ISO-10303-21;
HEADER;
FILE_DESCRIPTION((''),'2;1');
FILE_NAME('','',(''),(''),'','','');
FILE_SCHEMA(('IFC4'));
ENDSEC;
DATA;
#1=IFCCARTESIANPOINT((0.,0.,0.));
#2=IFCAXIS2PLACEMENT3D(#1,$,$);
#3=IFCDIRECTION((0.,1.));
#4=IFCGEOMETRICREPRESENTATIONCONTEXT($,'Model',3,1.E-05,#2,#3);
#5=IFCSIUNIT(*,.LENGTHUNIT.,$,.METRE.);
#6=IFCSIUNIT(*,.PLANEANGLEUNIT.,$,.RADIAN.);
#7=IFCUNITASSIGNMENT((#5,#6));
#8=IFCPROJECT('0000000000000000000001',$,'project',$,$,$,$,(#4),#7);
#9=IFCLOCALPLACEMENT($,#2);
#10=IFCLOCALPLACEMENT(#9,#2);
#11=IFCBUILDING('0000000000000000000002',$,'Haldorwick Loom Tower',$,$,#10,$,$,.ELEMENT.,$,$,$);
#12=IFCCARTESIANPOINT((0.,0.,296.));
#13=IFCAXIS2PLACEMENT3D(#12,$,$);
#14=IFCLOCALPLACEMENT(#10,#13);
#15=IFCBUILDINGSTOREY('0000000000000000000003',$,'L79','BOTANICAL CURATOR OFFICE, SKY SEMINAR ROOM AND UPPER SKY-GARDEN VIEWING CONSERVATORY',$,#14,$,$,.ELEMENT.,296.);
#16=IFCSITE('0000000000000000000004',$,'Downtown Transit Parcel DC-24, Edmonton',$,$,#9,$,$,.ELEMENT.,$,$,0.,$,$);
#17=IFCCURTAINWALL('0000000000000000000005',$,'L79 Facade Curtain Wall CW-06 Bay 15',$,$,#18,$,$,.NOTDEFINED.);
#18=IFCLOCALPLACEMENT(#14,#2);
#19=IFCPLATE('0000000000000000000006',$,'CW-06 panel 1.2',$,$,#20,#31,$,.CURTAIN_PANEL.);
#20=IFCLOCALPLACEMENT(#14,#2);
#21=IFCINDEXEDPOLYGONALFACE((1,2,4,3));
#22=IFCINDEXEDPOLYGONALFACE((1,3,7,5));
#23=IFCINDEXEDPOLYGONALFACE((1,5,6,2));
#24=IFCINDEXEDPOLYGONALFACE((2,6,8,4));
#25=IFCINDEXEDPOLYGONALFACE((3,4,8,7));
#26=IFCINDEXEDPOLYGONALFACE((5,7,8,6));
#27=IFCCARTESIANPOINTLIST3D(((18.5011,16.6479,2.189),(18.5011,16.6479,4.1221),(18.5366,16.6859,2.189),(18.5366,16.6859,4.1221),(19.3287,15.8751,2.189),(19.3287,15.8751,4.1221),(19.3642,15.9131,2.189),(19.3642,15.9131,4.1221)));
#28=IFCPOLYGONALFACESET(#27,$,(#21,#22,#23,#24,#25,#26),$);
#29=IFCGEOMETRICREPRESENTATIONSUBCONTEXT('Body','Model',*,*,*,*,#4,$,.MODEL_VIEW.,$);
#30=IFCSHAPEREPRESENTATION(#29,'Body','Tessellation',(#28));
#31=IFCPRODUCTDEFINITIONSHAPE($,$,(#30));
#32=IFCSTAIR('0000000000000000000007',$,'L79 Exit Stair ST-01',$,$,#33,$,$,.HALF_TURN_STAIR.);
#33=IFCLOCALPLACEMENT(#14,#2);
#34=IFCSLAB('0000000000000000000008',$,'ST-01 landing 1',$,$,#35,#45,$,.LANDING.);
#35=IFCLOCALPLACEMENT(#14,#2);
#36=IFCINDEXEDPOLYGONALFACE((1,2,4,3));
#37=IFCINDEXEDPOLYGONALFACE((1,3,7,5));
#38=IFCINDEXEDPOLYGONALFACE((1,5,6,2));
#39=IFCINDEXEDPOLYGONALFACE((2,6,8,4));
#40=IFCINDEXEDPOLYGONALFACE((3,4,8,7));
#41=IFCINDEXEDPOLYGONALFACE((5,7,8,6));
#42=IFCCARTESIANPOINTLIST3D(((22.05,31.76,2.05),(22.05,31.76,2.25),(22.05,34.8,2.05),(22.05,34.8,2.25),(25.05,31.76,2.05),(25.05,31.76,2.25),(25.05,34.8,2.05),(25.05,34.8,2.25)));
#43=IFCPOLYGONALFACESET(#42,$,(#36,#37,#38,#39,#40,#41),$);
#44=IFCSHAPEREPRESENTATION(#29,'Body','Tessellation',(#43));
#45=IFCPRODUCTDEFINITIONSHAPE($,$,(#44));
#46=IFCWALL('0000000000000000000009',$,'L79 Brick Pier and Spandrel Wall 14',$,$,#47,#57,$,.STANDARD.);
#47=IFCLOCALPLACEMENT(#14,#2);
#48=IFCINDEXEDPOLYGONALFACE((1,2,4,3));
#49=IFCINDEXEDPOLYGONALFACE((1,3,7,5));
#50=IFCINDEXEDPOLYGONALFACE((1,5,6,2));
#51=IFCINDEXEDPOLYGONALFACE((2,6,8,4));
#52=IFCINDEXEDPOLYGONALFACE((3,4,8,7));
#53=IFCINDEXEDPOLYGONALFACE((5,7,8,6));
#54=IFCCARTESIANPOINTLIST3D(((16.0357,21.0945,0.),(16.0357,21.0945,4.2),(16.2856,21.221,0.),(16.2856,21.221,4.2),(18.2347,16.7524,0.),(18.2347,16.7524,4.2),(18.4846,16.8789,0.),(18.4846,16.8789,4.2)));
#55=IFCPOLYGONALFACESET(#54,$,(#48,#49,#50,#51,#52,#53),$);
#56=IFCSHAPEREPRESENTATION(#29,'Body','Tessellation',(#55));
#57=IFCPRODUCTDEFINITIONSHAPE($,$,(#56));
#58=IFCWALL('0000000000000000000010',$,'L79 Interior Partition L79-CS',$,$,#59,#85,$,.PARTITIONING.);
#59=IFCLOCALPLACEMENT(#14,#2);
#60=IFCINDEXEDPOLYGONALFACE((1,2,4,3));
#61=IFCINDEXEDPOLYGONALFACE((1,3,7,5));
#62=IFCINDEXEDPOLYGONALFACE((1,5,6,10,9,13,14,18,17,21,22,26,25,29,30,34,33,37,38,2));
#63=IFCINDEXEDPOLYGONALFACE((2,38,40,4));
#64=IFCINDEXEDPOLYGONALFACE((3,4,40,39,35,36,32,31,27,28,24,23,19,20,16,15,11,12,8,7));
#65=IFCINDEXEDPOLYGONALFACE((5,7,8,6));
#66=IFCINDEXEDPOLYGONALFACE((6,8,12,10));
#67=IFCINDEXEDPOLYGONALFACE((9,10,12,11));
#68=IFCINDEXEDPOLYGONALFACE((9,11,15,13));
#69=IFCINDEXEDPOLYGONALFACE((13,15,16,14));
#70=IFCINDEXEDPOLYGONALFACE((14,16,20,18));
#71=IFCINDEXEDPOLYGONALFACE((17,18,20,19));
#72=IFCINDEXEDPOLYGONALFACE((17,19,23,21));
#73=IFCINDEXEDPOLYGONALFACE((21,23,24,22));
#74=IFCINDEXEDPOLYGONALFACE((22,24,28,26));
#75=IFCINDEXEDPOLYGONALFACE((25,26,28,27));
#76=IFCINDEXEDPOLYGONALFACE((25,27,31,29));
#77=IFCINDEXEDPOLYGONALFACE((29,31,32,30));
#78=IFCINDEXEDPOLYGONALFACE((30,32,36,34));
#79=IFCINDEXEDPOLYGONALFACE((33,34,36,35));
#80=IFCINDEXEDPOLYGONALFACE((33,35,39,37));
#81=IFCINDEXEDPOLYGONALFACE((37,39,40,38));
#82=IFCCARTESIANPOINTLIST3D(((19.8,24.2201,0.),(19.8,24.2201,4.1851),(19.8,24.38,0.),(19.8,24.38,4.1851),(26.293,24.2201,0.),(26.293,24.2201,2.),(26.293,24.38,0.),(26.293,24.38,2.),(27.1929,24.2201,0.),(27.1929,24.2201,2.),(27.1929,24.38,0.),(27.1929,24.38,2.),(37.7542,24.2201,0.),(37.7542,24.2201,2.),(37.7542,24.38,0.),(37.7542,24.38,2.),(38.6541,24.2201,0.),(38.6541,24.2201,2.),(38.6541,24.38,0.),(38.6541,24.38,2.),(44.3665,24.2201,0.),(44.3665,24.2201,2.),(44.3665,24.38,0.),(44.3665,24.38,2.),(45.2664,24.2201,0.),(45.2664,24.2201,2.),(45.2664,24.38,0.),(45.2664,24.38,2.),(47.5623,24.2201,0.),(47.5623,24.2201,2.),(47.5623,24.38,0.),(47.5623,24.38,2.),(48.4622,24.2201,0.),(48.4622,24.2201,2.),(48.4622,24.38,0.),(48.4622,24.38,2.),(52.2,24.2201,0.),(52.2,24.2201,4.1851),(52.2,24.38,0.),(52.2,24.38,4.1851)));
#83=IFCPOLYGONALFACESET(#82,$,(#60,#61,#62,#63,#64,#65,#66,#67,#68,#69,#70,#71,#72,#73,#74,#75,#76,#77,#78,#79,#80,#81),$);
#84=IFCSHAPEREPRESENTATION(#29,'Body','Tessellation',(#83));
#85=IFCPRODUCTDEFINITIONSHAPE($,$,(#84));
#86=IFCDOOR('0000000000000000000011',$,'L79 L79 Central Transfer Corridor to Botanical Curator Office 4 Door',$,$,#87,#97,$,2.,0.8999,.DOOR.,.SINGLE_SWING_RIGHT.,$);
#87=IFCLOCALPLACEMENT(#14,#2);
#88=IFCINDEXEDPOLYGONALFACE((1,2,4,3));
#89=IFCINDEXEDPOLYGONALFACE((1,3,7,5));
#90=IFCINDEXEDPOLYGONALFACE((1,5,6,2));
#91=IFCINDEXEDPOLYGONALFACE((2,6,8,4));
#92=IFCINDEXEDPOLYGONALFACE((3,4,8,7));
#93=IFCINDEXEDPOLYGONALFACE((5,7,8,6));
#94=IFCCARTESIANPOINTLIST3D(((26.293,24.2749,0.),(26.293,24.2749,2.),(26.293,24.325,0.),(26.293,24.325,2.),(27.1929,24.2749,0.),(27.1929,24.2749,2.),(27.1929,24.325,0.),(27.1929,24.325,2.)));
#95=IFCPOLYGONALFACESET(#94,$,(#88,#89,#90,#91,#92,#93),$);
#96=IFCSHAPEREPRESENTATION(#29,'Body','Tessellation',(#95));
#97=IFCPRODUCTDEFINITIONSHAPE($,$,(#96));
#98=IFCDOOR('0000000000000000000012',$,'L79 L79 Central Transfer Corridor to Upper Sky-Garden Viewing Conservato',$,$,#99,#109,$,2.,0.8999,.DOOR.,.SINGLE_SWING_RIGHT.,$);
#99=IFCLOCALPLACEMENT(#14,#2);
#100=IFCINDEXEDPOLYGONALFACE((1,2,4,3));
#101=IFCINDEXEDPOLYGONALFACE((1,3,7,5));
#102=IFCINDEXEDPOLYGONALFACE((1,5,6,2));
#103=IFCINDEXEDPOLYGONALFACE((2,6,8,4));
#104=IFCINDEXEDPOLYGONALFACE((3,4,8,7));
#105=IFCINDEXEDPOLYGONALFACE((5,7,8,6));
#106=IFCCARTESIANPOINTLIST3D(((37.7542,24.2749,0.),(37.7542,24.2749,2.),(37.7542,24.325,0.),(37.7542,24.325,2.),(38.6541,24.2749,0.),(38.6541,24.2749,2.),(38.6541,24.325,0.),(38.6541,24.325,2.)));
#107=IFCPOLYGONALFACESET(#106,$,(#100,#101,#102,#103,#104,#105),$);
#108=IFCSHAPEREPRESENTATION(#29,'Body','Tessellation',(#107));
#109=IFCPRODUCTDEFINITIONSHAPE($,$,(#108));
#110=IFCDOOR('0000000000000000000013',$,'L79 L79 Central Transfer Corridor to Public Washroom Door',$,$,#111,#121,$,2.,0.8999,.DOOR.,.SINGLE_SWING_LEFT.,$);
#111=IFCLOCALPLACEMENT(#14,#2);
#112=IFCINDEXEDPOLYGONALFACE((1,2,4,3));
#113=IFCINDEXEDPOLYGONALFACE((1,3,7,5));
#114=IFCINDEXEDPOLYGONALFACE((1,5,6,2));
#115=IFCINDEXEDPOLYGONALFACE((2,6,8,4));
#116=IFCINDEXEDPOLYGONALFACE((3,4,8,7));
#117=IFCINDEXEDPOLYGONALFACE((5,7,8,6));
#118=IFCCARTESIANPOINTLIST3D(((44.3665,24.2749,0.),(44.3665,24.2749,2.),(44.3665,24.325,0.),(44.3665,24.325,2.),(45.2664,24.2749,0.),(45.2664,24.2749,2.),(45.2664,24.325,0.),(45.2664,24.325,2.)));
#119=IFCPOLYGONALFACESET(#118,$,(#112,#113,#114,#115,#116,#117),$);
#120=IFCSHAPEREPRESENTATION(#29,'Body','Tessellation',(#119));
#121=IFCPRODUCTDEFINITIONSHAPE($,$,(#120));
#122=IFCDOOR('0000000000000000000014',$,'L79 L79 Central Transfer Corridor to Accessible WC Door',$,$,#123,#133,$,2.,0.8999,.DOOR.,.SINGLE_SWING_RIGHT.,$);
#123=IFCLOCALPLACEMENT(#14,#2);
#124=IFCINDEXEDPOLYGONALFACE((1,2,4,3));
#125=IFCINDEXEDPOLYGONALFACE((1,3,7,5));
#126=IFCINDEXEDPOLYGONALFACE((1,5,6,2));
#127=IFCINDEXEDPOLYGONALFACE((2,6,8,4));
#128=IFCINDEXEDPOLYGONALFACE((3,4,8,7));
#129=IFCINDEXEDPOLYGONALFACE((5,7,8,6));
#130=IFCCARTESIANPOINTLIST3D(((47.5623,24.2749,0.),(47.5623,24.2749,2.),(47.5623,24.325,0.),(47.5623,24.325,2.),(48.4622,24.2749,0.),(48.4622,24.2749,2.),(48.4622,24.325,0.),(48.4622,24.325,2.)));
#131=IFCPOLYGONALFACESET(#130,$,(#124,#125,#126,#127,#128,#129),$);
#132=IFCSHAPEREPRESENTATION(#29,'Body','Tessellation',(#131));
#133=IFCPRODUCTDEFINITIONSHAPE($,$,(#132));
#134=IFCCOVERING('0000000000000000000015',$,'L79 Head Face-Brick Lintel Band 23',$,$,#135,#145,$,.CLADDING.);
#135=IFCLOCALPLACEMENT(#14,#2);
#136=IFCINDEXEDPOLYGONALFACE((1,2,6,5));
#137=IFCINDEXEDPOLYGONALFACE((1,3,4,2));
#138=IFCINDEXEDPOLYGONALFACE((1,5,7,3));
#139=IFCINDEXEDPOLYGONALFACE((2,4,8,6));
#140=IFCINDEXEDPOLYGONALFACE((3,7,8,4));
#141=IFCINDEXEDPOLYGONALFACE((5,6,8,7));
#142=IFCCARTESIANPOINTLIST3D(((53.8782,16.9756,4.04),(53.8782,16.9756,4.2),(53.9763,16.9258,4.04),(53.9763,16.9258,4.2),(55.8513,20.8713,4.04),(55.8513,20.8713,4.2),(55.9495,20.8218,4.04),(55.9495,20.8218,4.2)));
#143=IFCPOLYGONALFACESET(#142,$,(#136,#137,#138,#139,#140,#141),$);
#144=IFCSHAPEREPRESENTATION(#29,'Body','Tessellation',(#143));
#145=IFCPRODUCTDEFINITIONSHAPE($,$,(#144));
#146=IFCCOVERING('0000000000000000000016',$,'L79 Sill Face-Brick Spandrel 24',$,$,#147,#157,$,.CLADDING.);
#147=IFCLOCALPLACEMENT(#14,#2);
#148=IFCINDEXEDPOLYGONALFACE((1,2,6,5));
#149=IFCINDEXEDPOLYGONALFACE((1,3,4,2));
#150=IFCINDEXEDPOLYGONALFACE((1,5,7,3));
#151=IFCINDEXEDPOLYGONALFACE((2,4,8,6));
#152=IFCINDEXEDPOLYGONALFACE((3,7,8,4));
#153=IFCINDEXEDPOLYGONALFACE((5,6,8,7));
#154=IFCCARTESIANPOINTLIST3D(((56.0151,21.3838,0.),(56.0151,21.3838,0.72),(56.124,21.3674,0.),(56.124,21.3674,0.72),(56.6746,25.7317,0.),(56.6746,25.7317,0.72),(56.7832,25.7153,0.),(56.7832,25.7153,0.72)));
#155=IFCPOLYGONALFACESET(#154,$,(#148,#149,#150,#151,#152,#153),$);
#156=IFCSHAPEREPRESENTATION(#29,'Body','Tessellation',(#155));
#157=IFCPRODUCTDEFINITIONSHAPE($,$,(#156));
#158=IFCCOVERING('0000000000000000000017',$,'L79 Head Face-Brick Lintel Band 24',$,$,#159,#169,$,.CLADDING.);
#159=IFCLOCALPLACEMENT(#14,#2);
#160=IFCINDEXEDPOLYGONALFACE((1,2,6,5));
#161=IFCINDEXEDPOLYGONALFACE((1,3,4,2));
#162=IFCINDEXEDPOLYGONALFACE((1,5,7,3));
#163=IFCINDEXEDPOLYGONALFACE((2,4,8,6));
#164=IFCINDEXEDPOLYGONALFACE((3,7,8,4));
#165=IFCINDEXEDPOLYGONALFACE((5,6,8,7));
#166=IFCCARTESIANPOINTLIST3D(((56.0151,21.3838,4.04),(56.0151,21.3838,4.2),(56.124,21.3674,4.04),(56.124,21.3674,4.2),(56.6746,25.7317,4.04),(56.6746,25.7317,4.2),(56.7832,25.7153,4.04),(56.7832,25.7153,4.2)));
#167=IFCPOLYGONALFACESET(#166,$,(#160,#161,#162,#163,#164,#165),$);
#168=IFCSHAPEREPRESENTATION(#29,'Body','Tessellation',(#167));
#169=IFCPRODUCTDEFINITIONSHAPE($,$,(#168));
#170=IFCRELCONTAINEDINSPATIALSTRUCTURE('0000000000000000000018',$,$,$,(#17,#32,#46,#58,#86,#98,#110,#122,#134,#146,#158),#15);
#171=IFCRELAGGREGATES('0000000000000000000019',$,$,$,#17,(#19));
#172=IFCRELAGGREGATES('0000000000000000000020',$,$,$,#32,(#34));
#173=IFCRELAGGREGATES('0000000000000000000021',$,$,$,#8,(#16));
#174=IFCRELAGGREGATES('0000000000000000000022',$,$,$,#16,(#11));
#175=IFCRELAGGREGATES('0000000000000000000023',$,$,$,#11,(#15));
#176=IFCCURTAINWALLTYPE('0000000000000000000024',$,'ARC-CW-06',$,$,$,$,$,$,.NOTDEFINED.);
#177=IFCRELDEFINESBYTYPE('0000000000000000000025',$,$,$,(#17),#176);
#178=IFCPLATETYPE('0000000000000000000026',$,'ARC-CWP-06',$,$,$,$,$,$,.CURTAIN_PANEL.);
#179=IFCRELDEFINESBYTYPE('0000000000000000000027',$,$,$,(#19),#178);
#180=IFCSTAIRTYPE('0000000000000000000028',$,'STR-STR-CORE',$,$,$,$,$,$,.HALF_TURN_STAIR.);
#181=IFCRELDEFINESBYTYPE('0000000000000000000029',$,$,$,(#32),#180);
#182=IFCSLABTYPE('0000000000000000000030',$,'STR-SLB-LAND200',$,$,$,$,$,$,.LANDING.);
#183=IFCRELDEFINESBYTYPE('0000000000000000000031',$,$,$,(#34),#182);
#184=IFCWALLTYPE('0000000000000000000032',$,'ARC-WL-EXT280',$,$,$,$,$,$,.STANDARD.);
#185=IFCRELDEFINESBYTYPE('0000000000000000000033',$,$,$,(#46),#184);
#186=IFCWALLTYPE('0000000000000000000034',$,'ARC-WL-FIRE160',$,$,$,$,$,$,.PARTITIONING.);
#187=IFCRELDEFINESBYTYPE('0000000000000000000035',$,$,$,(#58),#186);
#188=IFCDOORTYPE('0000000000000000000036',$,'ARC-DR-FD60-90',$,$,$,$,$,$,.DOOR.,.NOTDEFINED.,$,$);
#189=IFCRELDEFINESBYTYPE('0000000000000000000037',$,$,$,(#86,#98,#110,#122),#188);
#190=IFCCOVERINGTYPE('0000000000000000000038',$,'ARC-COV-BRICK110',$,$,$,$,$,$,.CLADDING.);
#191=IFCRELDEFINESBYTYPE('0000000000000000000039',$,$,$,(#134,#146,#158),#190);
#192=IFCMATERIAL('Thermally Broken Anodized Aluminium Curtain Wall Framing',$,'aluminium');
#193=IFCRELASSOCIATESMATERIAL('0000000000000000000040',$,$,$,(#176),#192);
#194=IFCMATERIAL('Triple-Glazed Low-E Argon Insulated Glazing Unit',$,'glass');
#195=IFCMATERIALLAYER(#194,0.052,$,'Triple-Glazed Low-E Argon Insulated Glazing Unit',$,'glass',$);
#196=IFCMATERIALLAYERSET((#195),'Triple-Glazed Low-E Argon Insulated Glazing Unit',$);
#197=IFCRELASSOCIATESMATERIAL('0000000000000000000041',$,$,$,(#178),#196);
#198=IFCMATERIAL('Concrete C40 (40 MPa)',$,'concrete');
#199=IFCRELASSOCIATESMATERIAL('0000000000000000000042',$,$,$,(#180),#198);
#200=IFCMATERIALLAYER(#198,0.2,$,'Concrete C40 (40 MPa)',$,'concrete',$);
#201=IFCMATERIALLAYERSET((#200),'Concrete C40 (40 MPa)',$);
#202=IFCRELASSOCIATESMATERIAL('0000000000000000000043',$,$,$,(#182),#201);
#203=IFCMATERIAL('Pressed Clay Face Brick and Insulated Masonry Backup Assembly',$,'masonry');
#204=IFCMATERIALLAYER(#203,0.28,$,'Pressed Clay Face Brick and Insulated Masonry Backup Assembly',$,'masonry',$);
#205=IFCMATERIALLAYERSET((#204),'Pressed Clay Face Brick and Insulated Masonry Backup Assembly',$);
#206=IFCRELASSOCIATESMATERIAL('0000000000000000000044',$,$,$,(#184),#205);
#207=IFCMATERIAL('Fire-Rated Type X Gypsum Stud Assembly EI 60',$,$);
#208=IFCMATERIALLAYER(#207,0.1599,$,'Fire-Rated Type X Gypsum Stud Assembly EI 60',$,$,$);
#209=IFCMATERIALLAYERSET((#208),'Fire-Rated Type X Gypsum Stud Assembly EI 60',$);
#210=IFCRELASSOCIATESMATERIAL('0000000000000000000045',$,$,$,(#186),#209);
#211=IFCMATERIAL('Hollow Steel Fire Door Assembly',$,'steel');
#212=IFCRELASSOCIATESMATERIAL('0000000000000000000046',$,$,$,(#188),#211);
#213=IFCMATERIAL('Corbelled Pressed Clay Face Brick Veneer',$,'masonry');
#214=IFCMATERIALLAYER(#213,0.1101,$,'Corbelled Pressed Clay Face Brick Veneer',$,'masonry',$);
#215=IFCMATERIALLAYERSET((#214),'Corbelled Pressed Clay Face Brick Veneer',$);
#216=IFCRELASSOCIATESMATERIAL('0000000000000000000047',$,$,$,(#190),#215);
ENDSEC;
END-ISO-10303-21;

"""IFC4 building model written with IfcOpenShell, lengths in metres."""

from ifc_helpers import new_model, si_unit, direction, frame, frame_2d, origin, origin_2d, place, context, subcontext, project, spatial, polyline, rectangle, outline, extrude, material, layer, layer_set, type_object, element, fill, aggregate, save


model = new_model("IFC4")

# Units and contexts
model_context = context("Model", 3, precision=1e-05, world=origin(), true_north=direction((0.0, 1.0)))
body_context = subcontext(model_context, "Body", "Model", "MODEL_VIEW")
ifc_project = project(units=[si_unit("LENGTHUNIT", "METRE"), si_unit("PLANEANGLEUNIT", "RADIAN")], contexts=[model_context])

# Site, building, storey
site_placement = place(None, origin())
site = spatial("IfcSite", under=ifc_project, at=site_placement, Name="Downtown Transit Parcel DC-24, Edmonton", CompositionType="ELEMENT", RefElevation=0.0)
building_placement = place(site_placement, origin())
building = spatial("IfcBuilding", under=site, at=building_placement, Name="Haldorwick Loom Tower", CompositionType="ELEMENT")
storey_placement = place(building_placement, frame((0.0, 0.0, 296.0)))
storey = spatial("IfcBuildingStorey", under=building, at=storey_placement, Name="L79", Description="BOTANICAL CURATOR OFFICE, SKY SEMINAR ROOM AND UPPER SKY-GARDEN VIEWING CONSERVATORY", CompositionType="ELEMENT", Elevation=296.0)

# Curtain wall
ifc_material_1 = material(Name="Thermally Broken Anodized Aluminium Curtain Wall Framing", Category="aluminium")
curtain_wall_type = type_object("IfcCurtainWallType", Name="ARC-CW-06", PredefinedType="NOTDEFINED", material=ifc_material_1)
curtain_wall_placement = place(storey_placement, origin())
curtain_wall = element("IfcCurtainWall", 1, at=curtain_wall_placement, inside=storey, type_object=curtain_wall_type, Name="L79 Facade Curtain Wall CW-06 Bay 15", PredefinedType="NOTDEFINED")

# Plate
ifc_material_2 = material(Name="Triple-Glazed Low-E Argon Insulated Glazing Unit", Category="glass")
ifc_layer_1 = layer(ifc_material_2, 0.052, Name="Triple-Glazed Low-E Argon Insulated Glazing Unit", Category="glass")
ifc_layer_set_1 = layer_set([ifc_layer_1], Name="Triple-Glazed Low-E Argon Insulated Glazing Unit")
plate_type = type_object("IfcPlateType", Name="ARC-CWP-06", PredefinedType="CURTAIN_PANEL", material=ifc_layer_set_1)
plate_1_placement = place(storey_placement, frame((18.9326, 16.2805, 2.189), z_axis=(0.0, 0.0, 1.0), x_axis=(0.730886, -0.682499, 0.0)))
plate_1 = element("IfcPlate", 2, at=plate_1_placement, type_object=plate_type, Name="CW-06 panel 1.2", PredefinedType="CURTAIN_PANEL", context=body_context, shape_type="SweptSolid", body=[
    extrude(rectangle(XDim=1.1323, YDim=0.052, at=origin_2d()), origin(), (0.0, 0.0, 1.0), 1.9331),
])
aggregate(curtain_wall, [plate_1])

# Stair, slab
ifc_material_3 = material(Name="Concrete C40 (40 MPa)", Category="concrete")
stair_type = type_object("IfcStairType", Name="STR-STR-CORE", PredefinedType="HALF_TURN_STAIR", material=ifc_material_3)
stair_placement = place(storey_placement, origin())
stair = element("IfcStair", 3, at=stair_placement, inside=storey, type_object=stair_type, Name="L79 Exit Stair ST-01", PredefinedType="HALF_TURN_STAIR")
ifc_layer_2 = layer(ifc_material_3, 0.2, Name="Concrete C40 (40 MPa)", Category="concrete")
ifc_layer_set_2 = layer_set([ifc_layer_2], Name="Concrete C40 (40 MPa)")
slab_type = type_object("IfcSlabType", Name="STR-SLB-LAND200", PredefinedType="LANDING", material=ifc_layer_set_2)
slab_placement = place(storey_placement, frame((0.0, 0.0, 2.05)))
slab = element("IfcSlab", 4, at=slab_placement, type_object=slab_type, Name="ST-01 landing 1", PredefinedType="LANDING", context=body_context, shape_type="SweptSolid", body=[
    extrude(outline(polyline([(25.05, 31.76), (25.05, 34.8), (22.05, 34.8), (22.05, 31.76), (25.05, 31.76)])), origin(), (0.0, 0.0, 1.0), 0.2),
])
aggregate(stair, [slab])

# Wall
ifc_material_4 = material(Name="Pressed Clay Face Brick and Insulated Masonry Backup Assembly", Category="masonry")
ifc_layer_3 = layer(ifc_material_4, 0.28, Name="Pressed Clay Face Brick and Insulated Masonry Backup Assembly", Category="masonry")
ifc_layer_set_3 = layer_set([ifc_layer_3], Name="Pressed Clay Face Brick and Insulated Masonry Backup Assembly")
wall_type_1 = type_object("IfcWallType", Name="ARC-WL-EXT280", PredefinedType="STANDARD", material=ifc_layer_set_3)
wall_1_placement = place(storey_placement, frame((16.1606, 21.1577, 0.0), z_axis=(0.0, 0.0, 1.0), x_axis=(0.451802, -0.892118, 0.0)))
element("IfcWall", 5, at=wall_1_placement, inside=storey, type_object=wall_type_1, Name="L79 Brick Pier and Spandrel Wall 14", PredefinedType="STANDARD", context=body_context, shape_type="SweptSolid", body=[
    extrude(rectangle(XDim=4.8672, YDim=0.28, at=frame_2d((2.4336, 0.0))), origin(), (0.0, 0.0, 1.0), 4.2),
])

# Wall, openings, doors
ifc_material_5 = material(Name="Fire-Rated Type X Gypsum Stud Assembly EI 60")
ifc_layer_4 = layer(ifc_material_5, 0.1599, Name="Fire-Rated Type X Gypsum Stud Assembly EI 60")
ifc_layer_set_4 = layer_set([ifc_layer_4], Name="Fire-Rated Type X Gypsum Stud Assembly EI 60")
wall_type_2 = type_object("IfcWallType", Name="ARC-WL-FIRE160", PredefinedType="PARTITIONING", material=ifc_layer_set_4)
wall_2_placement = place(storey_placement, frame((19.8, 24.3, 0.0), z_axis=(0.0, 0.0, 1.0), x_axis=(1.0, 0.0, 0.0)))
wall_2 = element("IfcWall", 6, at=wall_2_placement, inside=storey, type_object=wall_type_2, Name="L79 Interior Partition L79-CS", PredefinedType="PARTITIONING", context=body_context, shape_type="SweptSolid", body=[
    extrude(rectangle(XDim=32.3999, YDim=0.1599, at=frame_2d((16.2, 0.0))), origin(), (0.0, 0.0, 1.0), 4.1851),
])
opening_1_placement = place(wall_2_placement, frame((6.4929, 0.0, 0.0)))
opening_1 = element("IfcOpeningElement", 7, at=opening_1_placement, cuts=wall_2, PredefinedType="OPENING", context=body_context, shape_type="SweptSolid", body=[
    extrude(rectangle(XDim=0.8999, YDim=2.0, at=frame_2d((0.45, 1.0))), frame((0.0, 0.0898, 0.0), z_axis=(0.0, -1.0, 0.0), x_axis=(1.0, 0.0, 0.0)), (0.0, 0.0, 1.0), 0.1799),
])
opening_2_placement = place(wall_2_placement, frame((17.9541, 0.0, 0.0)))
opening_2 = element("IfcOpeningElement", 8, at=opening_2_placement, cuts=wall_2, PredefinedType="OPENING", context=body_context, shape_type="SweptSolid", body=[
    extrude(rectangle(XDim=0.8999, YDim=2.0, at=frame_2d((0.45, 1.0))), frame((0.0, 0.0898, 0.0), z_axis=(0.0, -1.0, 0.0), x_axis=(1.0, 0.0, 0.0)), (0.0, 0.0, 1.0), 0.1799),
])
opening_3_placement = place(wall_2_placement, frame((24.5664, 0.0, 0.0)))
opening_3 = element("IfcOpeningElement", 9, at=opening_3_placement, cuts=wall_2, PredefinedType="OPENING", context=body_context, shape_type="SweptSolid", body=[
    extrude(rectangle(XDim=0.8999, YDim=2.0, at=frame_2d((0.45, 1.0))), frame((0.0, 0.0898, 0.0), z_axis=(0.0, -1.0, 0.0), x_axis=(1.0, 0.0, 0.0)), (0.0, 0.0, 1.0), 0.1799),
])
opening_4_placement = place(wall_2_placement, frame((27.7622, 0.0, 0.0)))
opening_4 = element("IfcOpeningElement", 10, at=opening_4_placement, cuts=wall_2, PredefinedType="OPENING", context=body_context, shape_type="SweptSolid", body=[
    extrude(rectangle(XDim=0.8999, YDim=2.0, at=frame_2d((0.45, 1.0))), frame((0.0, 0.0898, 0.0), z_axis=(0.0, -1.0, 0.0), x_axis=(1.0, 0.0, 0.0)), (0.0, 0.0, 1.0), 0.1799),
])
ifc_material_6 = material(Name="Hollow Steel Fire Door Assembly", Category="steel")
door_type = type_object("IfcDoorType", Name="ARC-DR-FD60-90", OperationType="NOTDEFINED", PredefinedType="DOOR", material=ifc_material_6)
door_1_placement = place(opening_1_placement, origin())
door_1 = element("IfcDoor", 11, at=door_1_placement, inside=storey, type_object=door_type, Name="L79 L79 Central Transfer Corridor to Botanical Curator Office 4 Door", OperationType="SINGLE_SWING_RIGHT", OverallHeight=2.0, OverallWidth=0.8999, PredefinedType="DOOR", context=body_context, shape_type="SweptSolid", body=[
    extrude(rectangle(XDim=0.8999, YDim=2.0, at=frame_2d((0.45, 1.0))), frame((0.0, 0.0249, 0.0), z_axis=(0.0, -1.0, 0.0), x_axis=(1.0, 0.0, 0.0)), (0.0, 0.0, 1.0), 0.05),
])
fill(opening_1, door_1)
door_2_placement = place(opening_2_placement, origin())
door_2 = element("IfcDoor", 12, at=door_2_placement, inside=storey, type_object=door_type, Name="L79 L79 Central Transfer Corridor to Upper Sky-Garden Viewing Conservato", OperationType="SINGLE_SWING_RIGHT", OverallHeight=2.0, OverallWidth=0.8999, PredefinedType="DOOR", context=body_context, shape_type="SweptSolid", body=[
    extrude(rectangle(XDim=0.8999, YDim=2.0, at=frame_2d((0.45, 1.0))), frame((0.0, 0.0249, 0.0), z_axis=(0.0, -1.0, 0.0), x_axis=(1.0, 0.0, 0.0)), (0.0, 0.0, 1.0), 0.05),
])
fill(opening_2, door_2)
door_3_placement = place(opening_3_placement, origin())
door_3 = element("IfcDoor", 13, at=door_3_placement, inside=storey, type_object=door_type, Name="L79 L79 Central Transfer Corridor to Public Washroom Door", OperationType="SINGLE_SWING_LEFT", OverallHeight=2.0, OverallWidth=0.8999, PredefinedType="DOOR", context=body_context, shape_type="SweptSolid", body=[
    extrude(rectangle(XDim=0.8999, YDim=2.0, at=frame_2d((0.45, 1.0))), frame((0.0, 0.0249, 0.0), z_axis=(0.0, -1.0, 0.0), x_axis=(1.0, 0.0, 0.0)), (0.0, 0.0, 1.0), 0.05),
])
fill(opening_3, door_3)
door_4_placement = place(opening_4_placement, origin())
door_4 = element("IfcDoor", 14, at=door_4_placement, inside=storey, type_object=door_type, Name="L79 L79 Central Transfer Corridor to Accessible WC Door", OperationType="SINGLE_SWING_RIGHT", OverallHeight=2.0, OverallWidth=0.8999, PredefinedType="DOOR", context=body_context, shape_type="SweptSolid", body=[
    extrude(rectangle(XDim=0.8999, YDim=2.0, at=frame_2d((0.45, 1.0))), frame((0.0, 0.0249, 0.0), z_axis=(0.0, -1.0, 0.0), x_axis=(1.0, 0.0, 0.0)), (0.0, 0.0, 1.0), 0.05),
])
fill(opening_4, door_4)

# Coverings
ifc_material_7 = material(Name="Corbelled Pressed Clay Face Brick Veneer", Category="masonry")
ifc_layer_5 = layer(ifc_material_7, 0.1101, Name="Corbelled Pressed Clay Face Brick Veneer", Category="masonry")
ifc_layer_set_5 = layer_set([ifc_layer_5], Name="Corbelled Pressed Clay Face Brick Veneer")
covering_type_1 = type_object("IfcCoveringType", Name="ARC-COV-BRICK110", PredefinedType="CLADDING", material=ifc_layer_set_5)
covering_1_placement = place(storey_placement, frame((0.0, 0.0, 4.04)))
element("IfcCovering", 15, at=covering_1_placement, inside=storey, type_object=covering_type_1, Name="L79 Head Face-Brick Lintel Band 23", PredefinedType="CLADDING", context=body_context, shape_type="SweptSolid", body=[
    extrude(outline(polyline([(53.9763, 16.9258), (55.9495, 20.8218), (55.8513, 20.8713), (53.8782, 16.9756), (53.9763, 16.9258)])), origin(), (0.0, 0.0, 1.0), 0.1599),
])
covering_2_placement = place(storey_placement, origin())
element("IfcCovering", 16, at=covering_2_placement, inside=storey, type_object=covering_type_1, Name="L79 Sill Face-Brick Spandrel 24", PredefinedType="CLADDING", context=body_context, shape_type="SweptSolid", body=[
    extrude(outline(polyline([(56.124, 21.3674), (56.7832, 25.7153), (56.6746, 25.7317), (56.0151, 21.3838), (56.124, 21.3674)])), origin(), (0.0, 0.0, 1.0), 0.72),
])
covering_3_placement = place(storey_placement, frame((0.0, 0.0, 4.04)))
element("IfcCovering", 17, at=covering_3_placement, inside=storey, type_object=covering_type_1, Name="L79 Head Face-Brick Lintel Band 24", PredefinedType="CLADDING", context=body_context, shape_type="SweptSolid", body=[
    extrude(outline(polyline([(56.124, 21.3674), (56.7832, 25.7153), (56.6746, 25.7317), (56.0151, 21.3838), (56.124, 21.3674)])), origin(), (0.0, 0.0, 1.0), 0.1599),
])

save(model, "model.ifc")
